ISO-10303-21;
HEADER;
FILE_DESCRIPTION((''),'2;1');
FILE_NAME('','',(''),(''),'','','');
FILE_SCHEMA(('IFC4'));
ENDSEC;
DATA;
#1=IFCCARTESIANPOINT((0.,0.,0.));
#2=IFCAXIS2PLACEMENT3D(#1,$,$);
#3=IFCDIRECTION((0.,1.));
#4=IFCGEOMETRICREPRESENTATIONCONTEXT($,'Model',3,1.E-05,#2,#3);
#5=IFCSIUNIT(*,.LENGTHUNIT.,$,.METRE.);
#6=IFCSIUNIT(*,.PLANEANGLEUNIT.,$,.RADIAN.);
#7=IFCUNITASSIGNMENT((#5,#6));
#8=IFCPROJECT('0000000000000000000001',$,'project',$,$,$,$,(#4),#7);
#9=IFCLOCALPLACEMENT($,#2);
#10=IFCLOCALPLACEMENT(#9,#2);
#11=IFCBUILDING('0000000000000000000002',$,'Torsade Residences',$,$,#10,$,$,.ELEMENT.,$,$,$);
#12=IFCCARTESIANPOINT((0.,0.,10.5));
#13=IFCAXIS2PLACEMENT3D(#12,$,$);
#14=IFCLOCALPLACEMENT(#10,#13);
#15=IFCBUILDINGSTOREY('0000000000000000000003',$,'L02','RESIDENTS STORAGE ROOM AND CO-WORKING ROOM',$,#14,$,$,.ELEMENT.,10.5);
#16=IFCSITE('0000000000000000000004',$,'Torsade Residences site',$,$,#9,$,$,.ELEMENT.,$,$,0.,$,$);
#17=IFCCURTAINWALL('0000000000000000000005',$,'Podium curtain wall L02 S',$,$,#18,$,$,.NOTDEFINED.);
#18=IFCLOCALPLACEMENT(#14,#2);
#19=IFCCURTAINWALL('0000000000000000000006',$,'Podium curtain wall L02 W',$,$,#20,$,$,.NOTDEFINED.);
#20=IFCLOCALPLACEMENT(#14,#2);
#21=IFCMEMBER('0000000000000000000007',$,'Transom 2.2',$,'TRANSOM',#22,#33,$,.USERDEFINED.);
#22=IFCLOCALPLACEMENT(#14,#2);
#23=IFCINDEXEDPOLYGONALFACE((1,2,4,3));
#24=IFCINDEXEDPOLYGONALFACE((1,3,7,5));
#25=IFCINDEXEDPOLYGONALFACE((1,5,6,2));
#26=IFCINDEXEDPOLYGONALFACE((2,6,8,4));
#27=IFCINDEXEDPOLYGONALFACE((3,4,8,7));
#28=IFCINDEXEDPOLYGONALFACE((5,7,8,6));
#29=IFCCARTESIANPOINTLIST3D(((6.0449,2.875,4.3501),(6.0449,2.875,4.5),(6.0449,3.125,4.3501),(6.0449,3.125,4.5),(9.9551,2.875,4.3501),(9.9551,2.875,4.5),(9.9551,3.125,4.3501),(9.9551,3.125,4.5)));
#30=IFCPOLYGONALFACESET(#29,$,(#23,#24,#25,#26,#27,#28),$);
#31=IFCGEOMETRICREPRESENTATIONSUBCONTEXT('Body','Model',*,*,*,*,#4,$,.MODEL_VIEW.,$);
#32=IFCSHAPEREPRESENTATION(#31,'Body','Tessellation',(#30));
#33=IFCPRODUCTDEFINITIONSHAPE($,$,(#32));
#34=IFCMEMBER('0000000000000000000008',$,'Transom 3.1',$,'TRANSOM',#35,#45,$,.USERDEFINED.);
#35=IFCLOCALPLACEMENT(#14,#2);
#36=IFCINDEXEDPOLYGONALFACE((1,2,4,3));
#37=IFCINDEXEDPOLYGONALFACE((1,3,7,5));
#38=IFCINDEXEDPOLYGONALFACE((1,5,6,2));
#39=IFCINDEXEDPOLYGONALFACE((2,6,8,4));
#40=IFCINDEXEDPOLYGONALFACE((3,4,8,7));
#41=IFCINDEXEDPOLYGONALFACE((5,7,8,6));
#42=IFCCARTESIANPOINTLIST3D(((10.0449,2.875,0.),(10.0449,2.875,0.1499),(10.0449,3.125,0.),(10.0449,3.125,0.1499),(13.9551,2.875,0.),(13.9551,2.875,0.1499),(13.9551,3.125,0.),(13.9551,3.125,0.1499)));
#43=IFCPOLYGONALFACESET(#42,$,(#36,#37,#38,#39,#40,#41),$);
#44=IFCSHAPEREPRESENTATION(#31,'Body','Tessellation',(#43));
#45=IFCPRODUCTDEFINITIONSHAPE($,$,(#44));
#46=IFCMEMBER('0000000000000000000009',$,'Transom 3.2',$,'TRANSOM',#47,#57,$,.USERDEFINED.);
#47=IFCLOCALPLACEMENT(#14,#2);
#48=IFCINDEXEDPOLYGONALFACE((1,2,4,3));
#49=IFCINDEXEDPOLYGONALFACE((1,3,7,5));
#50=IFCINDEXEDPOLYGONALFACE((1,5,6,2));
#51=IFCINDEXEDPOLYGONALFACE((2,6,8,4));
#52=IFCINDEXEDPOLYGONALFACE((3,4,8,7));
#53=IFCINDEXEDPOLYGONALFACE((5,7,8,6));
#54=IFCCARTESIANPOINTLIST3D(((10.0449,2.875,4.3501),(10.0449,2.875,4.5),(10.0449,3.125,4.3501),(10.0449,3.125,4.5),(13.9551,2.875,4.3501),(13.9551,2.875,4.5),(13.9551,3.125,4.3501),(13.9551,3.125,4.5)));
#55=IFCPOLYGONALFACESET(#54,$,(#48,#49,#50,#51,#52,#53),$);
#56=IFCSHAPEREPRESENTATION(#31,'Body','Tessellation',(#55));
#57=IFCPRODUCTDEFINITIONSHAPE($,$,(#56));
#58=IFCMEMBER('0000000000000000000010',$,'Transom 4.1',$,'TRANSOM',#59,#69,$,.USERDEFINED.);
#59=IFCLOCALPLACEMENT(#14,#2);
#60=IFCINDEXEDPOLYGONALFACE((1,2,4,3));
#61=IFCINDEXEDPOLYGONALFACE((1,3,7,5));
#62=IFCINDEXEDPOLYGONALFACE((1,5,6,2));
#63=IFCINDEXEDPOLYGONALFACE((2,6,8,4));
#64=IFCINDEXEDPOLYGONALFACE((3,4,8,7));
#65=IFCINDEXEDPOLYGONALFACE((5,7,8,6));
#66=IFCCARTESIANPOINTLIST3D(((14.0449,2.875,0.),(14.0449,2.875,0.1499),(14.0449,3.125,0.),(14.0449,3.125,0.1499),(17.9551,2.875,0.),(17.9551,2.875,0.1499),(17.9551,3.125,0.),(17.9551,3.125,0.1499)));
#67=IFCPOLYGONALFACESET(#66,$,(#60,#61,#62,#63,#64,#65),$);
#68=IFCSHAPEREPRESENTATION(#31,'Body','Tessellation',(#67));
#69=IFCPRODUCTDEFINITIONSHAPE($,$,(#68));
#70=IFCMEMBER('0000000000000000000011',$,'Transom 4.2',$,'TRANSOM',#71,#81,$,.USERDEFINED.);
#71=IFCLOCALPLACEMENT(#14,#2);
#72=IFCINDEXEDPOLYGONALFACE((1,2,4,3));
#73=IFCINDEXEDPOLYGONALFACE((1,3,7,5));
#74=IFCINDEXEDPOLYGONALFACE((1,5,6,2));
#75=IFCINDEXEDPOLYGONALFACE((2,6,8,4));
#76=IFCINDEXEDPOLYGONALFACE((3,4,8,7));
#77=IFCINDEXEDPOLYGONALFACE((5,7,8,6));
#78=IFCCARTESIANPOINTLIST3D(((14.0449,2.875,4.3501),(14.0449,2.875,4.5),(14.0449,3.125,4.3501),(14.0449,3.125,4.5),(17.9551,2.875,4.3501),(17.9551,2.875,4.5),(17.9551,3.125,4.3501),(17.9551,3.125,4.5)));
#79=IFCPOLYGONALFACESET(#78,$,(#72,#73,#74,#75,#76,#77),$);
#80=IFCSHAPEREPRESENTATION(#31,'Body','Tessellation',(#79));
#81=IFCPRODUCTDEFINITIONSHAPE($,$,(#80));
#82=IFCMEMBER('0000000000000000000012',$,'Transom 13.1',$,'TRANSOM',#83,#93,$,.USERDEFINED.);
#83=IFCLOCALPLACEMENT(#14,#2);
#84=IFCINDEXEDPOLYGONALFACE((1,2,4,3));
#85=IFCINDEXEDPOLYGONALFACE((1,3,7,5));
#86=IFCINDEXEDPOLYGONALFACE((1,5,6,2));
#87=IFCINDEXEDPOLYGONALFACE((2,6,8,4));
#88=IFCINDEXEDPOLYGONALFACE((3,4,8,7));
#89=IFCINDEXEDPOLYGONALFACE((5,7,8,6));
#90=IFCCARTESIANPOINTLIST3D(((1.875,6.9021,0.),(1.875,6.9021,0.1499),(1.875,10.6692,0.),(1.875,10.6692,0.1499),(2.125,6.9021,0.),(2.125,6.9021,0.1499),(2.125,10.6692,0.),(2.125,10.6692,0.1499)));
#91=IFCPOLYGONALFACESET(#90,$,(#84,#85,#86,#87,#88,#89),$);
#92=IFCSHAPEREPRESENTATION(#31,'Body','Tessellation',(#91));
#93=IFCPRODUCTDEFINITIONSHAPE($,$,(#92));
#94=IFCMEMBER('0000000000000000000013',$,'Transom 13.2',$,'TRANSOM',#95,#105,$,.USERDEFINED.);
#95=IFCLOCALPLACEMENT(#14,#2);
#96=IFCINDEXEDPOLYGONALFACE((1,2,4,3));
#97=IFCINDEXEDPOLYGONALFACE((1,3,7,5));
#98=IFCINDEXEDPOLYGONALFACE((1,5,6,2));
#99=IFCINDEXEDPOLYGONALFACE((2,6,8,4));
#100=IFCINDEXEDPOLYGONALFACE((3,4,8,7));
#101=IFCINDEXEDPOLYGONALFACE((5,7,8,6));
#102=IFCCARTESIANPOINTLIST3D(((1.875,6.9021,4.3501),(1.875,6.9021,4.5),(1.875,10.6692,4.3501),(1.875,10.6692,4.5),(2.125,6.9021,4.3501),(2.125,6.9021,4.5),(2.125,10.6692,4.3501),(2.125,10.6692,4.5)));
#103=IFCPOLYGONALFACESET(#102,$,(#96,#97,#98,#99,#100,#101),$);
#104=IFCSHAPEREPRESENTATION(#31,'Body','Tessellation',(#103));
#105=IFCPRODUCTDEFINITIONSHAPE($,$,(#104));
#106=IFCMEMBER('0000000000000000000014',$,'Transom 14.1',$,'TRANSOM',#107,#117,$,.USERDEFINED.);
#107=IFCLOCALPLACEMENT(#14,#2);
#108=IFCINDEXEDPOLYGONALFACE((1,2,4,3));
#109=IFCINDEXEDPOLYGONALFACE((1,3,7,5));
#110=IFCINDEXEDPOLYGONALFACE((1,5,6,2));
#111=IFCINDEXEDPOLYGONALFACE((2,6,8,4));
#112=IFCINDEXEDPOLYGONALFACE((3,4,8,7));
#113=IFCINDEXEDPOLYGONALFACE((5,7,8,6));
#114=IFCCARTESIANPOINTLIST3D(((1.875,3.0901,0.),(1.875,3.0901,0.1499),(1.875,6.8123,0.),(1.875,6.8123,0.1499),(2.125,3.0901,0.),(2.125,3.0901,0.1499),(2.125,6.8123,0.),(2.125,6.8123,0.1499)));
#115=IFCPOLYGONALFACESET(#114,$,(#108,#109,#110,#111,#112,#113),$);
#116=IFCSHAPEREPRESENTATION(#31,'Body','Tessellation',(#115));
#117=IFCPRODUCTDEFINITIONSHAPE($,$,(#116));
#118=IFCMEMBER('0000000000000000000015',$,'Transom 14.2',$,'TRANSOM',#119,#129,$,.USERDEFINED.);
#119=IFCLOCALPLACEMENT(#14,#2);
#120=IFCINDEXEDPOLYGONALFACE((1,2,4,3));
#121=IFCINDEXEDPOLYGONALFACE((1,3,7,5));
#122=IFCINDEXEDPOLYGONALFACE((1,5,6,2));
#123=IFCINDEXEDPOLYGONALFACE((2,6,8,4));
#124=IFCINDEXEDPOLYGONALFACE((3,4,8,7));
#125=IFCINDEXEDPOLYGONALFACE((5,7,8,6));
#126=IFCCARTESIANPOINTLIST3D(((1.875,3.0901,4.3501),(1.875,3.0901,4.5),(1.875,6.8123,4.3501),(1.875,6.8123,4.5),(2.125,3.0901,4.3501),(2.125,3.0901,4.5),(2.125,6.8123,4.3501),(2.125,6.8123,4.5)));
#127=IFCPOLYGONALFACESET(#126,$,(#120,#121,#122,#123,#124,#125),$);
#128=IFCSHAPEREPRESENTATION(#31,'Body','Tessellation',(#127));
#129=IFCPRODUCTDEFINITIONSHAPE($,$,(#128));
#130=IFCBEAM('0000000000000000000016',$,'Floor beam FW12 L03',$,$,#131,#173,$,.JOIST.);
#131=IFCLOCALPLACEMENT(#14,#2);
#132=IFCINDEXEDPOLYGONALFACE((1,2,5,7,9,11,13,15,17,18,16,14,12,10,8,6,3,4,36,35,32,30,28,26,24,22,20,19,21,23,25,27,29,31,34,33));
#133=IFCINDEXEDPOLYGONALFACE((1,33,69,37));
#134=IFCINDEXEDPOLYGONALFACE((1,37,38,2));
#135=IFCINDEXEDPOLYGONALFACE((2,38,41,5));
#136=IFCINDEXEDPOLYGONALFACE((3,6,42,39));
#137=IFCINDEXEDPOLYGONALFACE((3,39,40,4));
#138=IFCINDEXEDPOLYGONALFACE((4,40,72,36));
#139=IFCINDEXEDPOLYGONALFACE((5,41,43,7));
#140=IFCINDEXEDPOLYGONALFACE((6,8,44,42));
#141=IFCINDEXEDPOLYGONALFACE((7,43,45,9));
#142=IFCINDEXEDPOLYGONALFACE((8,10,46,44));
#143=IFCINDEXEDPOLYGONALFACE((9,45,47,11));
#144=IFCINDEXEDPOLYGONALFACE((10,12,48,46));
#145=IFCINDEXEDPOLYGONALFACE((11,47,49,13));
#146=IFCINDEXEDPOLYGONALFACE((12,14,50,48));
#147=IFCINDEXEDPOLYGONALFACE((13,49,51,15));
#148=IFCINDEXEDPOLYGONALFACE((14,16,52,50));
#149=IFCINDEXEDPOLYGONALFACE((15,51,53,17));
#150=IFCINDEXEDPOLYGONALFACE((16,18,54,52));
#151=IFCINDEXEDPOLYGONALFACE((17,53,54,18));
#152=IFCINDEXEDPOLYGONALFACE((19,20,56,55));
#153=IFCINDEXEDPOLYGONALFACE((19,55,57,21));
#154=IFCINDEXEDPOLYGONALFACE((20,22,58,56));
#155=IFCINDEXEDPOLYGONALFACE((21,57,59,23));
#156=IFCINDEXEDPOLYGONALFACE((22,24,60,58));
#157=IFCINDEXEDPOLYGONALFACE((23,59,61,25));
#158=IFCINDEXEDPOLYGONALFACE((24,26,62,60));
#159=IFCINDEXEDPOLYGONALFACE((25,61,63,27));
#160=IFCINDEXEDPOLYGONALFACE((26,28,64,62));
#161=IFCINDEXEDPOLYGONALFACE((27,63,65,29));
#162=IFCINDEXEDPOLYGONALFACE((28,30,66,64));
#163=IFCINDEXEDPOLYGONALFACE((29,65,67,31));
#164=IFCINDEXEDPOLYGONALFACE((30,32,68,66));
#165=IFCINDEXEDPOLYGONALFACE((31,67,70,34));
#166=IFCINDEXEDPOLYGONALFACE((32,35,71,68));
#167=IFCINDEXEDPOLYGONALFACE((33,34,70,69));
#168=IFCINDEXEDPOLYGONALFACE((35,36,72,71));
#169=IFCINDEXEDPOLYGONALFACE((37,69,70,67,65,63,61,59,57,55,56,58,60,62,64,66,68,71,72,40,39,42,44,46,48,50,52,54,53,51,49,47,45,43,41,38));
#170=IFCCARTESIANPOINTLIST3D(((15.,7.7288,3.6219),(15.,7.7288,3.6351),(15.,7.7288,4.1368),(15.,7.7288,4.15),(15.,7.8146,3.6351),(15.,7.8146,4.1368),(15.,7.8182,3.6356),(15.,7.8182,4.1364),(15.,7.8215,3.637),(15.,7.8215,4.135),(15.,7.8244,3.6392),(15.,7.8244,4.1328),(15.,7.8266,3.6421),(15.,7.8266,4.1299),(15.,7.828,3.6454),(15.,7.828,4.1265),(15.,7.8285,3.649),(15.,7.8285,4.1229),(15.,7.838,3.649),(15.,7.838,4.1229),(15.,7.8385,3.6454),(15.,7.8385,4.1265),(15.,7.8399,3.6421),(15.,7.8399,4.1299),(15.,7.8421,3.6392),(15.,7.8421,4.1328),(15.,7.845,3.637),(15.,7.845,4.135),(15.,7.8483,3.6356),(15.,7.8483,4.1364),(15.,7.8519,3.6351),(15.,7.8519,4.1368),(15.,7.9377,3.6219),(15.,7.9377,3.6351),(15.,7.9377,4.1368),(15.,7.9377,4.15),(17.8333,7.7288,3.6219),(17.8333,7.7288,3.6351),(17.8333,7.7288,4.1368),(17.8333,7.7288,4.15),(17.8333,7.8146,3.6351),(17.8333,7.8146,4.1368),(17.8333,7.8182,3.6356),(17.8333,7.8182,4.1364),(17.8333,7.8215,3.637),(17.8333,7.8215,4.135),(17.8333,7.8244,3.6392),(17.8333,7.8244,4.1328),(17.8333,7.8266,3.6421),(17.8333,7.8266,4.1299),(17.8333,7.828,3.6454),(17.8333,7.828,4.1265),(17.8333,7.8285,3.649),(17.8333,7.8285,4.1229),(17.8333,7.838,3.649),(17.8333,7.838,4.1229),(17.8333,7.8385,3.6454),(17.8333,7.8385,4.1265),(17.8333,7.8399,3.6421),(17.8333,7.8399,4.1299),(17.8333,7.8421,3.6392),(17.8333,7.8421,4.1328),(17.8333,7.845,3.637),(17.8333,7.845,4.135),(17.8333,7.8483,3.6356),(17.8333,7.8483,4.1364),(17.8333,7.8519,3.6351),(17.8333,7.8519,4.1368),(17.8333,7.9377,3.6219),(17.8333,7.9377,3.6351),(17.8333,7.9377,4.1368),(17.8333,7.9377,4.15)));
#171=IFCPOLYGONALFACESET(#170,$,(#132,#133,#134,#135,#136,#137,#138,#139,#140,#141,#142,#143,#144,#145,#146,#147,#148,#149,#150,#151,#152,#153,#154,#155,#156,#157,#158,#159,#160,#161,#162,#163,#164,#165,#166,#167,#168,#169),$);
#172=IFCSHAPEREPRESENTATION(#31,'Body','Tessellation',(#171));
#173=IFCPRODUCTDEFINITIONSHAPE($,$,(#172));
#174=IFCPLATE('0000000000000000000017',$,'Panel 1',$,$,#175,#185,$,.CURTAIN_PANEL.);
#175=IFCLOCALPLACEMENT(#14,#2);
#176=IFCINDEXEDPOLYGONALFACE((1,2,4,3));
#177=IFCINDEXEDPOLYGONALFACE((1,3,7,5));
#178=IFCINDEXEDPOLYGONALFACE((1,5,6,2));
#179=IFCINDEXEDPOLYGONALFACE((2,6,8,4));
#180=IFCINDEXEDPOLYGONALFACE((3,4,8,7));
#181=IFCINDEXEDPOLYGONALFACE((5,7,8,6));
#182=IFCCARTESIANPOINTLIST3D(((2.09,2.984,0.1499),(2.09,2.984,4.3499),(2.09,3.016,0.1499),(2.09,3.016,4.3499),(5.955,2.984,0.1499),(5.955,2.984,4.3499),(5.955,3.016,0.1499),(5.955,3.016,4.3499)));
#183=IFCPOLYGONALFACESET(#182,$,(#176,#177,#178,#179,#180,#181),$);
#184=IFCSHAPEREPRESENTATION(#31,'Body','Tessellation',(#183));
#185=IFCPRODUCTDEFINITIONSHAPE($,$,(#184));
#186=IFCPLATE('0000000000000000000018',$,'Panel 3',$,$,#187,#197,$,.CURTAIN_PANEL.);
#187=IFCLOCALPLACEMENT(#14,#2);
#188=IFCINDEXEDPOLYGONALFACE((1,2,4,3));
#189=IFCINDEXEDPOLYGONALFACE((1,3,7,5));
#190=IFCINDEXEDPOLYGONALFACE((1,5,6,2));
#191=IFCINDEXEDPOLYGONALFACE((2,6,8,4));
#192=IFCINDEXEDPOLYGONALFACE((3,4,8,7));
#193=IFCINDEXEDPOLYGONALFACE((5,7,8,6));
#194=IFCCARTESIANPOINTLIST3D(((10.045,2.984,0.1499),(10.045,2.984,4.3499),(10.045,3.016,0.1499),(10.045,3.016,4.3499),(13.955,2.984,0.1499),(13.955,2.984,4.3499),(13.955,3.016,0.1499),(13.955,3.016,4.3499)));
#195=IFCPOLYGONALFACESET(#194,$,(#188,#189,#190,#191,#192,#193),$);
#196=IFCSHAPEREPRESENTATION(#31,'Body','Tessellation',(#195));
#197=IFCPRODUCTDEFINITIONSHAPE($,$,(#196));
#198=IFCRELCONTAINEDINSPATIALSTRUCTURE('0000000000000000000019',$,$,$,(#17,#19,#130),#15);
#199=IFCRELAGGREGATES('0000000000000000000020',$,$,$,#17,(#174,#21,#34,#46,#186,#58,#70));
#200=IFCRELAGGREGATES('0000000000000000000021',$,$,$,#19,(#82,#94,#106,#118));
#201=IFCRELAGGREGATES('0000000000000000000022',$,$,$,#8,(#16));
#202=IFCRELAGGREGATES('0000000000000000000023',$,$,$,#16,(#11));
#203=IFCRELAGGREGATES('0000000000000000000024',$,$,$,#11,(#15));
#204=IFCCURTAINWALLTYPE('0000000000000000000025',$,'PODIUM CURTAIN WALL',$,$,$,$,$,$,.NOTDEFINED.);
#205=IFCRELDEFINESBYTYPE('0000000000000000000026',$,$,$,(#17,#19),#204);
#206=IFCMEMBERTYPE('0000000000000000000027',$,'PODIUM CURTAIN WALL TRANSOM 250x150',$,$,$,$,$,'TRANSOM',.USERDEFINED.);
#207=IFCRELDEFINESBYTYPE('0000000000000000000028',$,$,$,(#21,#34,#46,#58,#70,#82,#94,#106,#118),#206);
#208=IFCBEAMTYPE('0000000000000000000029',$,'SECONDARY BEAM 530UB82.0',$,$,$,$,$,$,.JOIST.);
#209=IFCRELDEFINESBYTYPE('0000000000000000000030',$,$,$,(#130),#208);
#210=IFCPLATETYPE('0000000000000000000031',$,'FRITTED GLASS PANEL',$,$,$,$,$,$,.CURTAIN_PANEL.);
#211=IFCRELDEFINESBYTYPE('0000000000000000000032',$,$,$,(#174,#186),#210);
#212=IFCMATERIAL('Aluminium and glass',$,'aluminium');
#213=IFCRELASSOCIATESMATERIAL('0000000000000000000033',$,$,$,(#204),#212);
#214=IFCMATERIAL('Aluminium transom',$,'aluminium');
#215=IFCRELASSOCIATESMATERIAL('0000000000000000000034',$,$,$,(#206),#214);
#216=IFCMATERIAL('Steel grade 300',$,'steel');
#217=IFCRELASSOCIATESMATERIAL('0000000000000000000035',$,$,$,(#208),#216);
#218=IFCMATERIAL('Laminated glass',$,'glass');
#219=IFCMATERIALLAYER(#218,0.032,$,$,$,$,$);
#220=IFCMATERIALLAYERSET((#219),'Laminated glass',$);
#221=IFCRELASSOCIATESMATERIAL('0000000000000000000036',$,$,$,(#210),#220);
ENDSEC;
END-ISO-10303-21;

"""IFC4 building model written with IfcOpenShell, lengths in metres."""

from ifc_helpers import new_model, si_unit, direction, frame, origin, origin_2d, place, context, subcontext, project, spatial, rectangle, i_section, extrude, material, layer, layer_set, material_profile, profile_set, type_object, element, aggregate, save


model = new_model("IFC4")

# Units and contexts
model_context = context("Model", 3, precision=1e-05, world=origin(), true_north=direction((0.0, 1.0)))
body_context = subcontext(model_context, "Body", "Model", "MODEL_VIEW")
ifc_project = project(units=[si_unit("LENGTHUNIT", "METRE"), si_unit("PLANEANGLEUNIT", "RADIAN")], contexts=[model_context])

# Site, building, storey
site_placement = place(None, origin())
site = spatial("IfcSite", under=ifc_project, at=site_placement, Name="Torsade Residences site", CompositionType="ELEMENT", RefElevation=0.0)
building_placement = place(site_placement, origin())
building = spatial("IfcBuilding", under=site, at=building_placement, Name="Torsade Residences", CompositionType="ELEMENT")
storey_placement = place(building_placement, frame((0.0, 0.0, 10.5)))
storey = spatial("IfcBuildingStorey", under=building, at=storey_placement, Name="L02", Description="RESIDENTS STORAGE ROOM AND CO-WORKING ROOM", CompositionType="ELEMENT", Elevation=10.5)

# Curtain walls
ifc_material_1 = material(Name="Aluminium and glass", Category="aluminium")
curtain_wall_type = type_object("IfcCurtainWallType", Name="PODIUM CURTAIN WALL", PredefinedType="NOTDEFINED", material=ifc_material_1)
curtain_wall_1_placement = place(storey_placement, origin())
curtain_wall_1 = element("IfcCurtainWall", 1, at=curtain_wall_1_placement, inside=storey, type_object=curtain_wall_type, Name="Podium curtain wall L02 S", PredefinedType="NOTDEFINED")
curtain_wall_2_placement = place(storey_placement, origin())
curtain_wall_2 = element("IfcCurtainWall", 2, at=curtain_wall_2_placement, inside=storey, type_object=curtain_wall_type, Name="Podium curtain wall L02 W", PredefinedType="NOTDEFINED")

# Members
ifc_material_2 = material(Name="Aluminium transom", Category="aluminium")
ifc_material_profile_1 = material_profile(ifc_material_2, rectangle(XDim=0.25, YDim=0.1499, at=origin_2d()), Name="PODIUM CURTAIN WALL TRANSOM 250x150")
ifc_profile_set_1 = profile_set([ifc_material_profile_1], Name="Aluminium transom")
member_type_1 = type_object("IfcMemberType", Name="PODIUM CURTAIN WALL TRANSOM 250x150", ElementType="TRANSOM", PredefinedType="USERDEFINED", material=ifc_profile_set_1)
member_1_placement = place(storey_placement, frame((6.0449, 3.0, 4.425), z_axis=(1.0, 0.0, 0.0), x_axis=(0.0, 1.0, 0.0)))
member_1 = element("IfcMember", 3, at=member_1_placement, type_object=member_type_1, Name="Transom 2.2", ObjectType="TRANSOM", PredefinedType="USERDEFINED", context=body_context, shape_type="SweptSolid", body=[
    extrude(rectangle(XDim=0.25, YDim=0.1499, at=origin_2d()), origin(), (0.0, 0.0, 1.0), 3.9102),
])
member_2_placement = place(storey_placement, frame((10.0449, 3.0, 0.075), z_axis=(1.0, 0.0, 0.0), x_axis=(0.0, 1.0, 0.0)))
member_2 = element("IfcMember", 4, at=member_2_placement, type_object=member_type_1, Name="Transom 3.1", ObjectType="TRANSOM", PredefinedType="USERDEFINED", context=body_context, shape_type="SweptSolid", body=[
    extrude(rectangle(XDim=0.25, YDim=0.1499, at=origin_2d()), origin(), (0.0, 0.0, 1.0), 3.9102),
])
member_3_placement = place(storey_placement, frame((10.0449, 3.0, 4.425), z_axis=(1.0, 0.0, 0.0), x_axis=(0.0, 1.0, 0.0)))
member_3 = element("IfcMember", 5, at=member_3_placement, type_object=member_type_1, Name="Transom 3.2", ObjectType="TRANSOM", PredefinedType="USERDEFINED", context=body_context, shape_type="SweptSolid", body=[
    extrude(rectangle(XDim=0.25, YDim=0.1499, at=origin_2d()), origin(), (0.0, 0.0, 1.0), 3.9102),
])
member_4_placement = place(storey_placement, frame((14.0449, 3.0, 0.075), z_axis=(1.0, 0.0, 0.0), x_axis=(0.0, 1.0, 0.0)))
member_4 = element("IfcMember", 6, at=member_4_placement, type_object=member_type_1, Name="Transom 4.1", ObjectType="TRANSOM", PredefinedType="USERDEFINED", context=body_context, shape_type="SweptSolid", body=[
    extrude(rectangle(XDim=0.25, YDim=0.1499, at=origin_2d()), origin(), (0.0, 0.0, 1.0), 3.9102),
])
member_5_placement = place(storey_placement, frame((14.0449, 3.0, 4.425), z_axis=(1.0, 0.0, 0.0), x_axis=(0.0, 1.0, 0.0)))
member_5 = element("IfcMember", 7, at=member_5_placement, type_object=member_type_1, Name="Transom 4.2", ObjectType="TRANSOM", PredefinedType="USERDEFINED", context=body_context, shape_type="SweptSolid", body=[
    extrude(rectangle(XDim=0.25, YDim=0.1499, at=origin_2d()), origin(), (0.0, 0.0, 1.0), 3.9102),
])
member_6_placement = place(storey_placement, frame((2.0, 10.6692, 0.075), z_axis=(0.0, -1.0, 0.0), x_axis=(1.0, 0.0, 0.0)))
member_6 = element("IfcMember", 8, at=member_6_placement, type_object=member_type_1, Name="Transom 13.1", ObjectType="TRANSOM", PredefinedType="USERDEFINED", context=body_context, shape_type="SweptSolid", body=[
    extrude(rectangle(XDim=0.25, YDim=0.1499, at=origin_2d()), origin(), (0.0, 0.0, 1.0), 3.7671),
])
member_7_placement = place(storey_placement, frame((2.0, 10.6692, 4.425), z_axis=(0.0, -1.0, 0.0), x_axis=(1.0, 0.0, 0.0)))
member_7 = element("IfcMember", 9, at=member_7_placement, type_object=member_type_1, Name="Transom 13.2", ObjectType="TRANSOM", PredefinedType="USERDEFINED", context=body_context, shape_type="SweptSolid", body=[
    extrude(rectangle(XDim=0.25, YDim=0.1499, at=origin_2d()), origin(), (0.0, 0.0, 1.0), 3.7671),
])
member_8_placement = place(storey_placement, frame((2.0, 6.8123, 0.075), z_axis=(0.0, -1.0, 0.0), x_axis=(1.0, 0.0, 0.0)))
member_8 = element("IfcMember", 10, at=member_8_placement, type_object=member_type_1, Name="Transom 14.1", ObjectType="TRANSOM", PredefinedType="USERDEFINED", context=body_context, shape_type="SweptSolid", body=[
    extrude(rectangle(XDim=0.25, YDim=0.1499, at=origin_2d()), origin(), (0.0, 0.0, 1.0), 3.7222),
])
member_9_placement = place(storey_placement, frame((2.0, 6.8123, 4.425), z_axis=(0.0, -1.0, 0.0), x_axis=(1.0, 0.0, 0.0)))
member_9 = element("IfcMember", 11, at=member_9_placement, type_object=member_type_1, Name="Transom 14.2", ObjectType="TRANSOM", PredefinedType="USERDEFINED", context=body_context, shape_type="SweptSolid", body=[
    extrude(rectangle(XDim=0.25, YDim=0.1499, at=origin_2d()), origin(), (0.0, 0.0, 1.0), 3.7222),
])

# Beam
ifc_material_3 = material(Name="Steel grade 300", Category="steel")
ifc_material_profile_2 = material_profile(ifc_material_3, i_section(OverallWidth=0.209, OverallDepth=0.5281, WebThickness=0.0095, FlangeThickness=0.0132, FilletRadius=0.0139, at=origin_2d()), Name="530UB82.0")
ifc_profile_set_2 = profile_set([ifc_material_profile_2], Name="Steel grade 300")
beam_type_1 = type_object("IfcBeamType", Name="SECONDARY BEAM 530UB82.0", PredefinedType="JOIST", material=ifc_profile_set_2)
beam_1_placement = place(storey_placement, frame((15.0, 7.8333, 3.886), z_axis=(1.0, 0.0, 0.0), x_axis=(0.0, 1.0, 0.0)))
element("IfcBeam", 12, at=beam_1_placement, inside=storey, type_object=beam_type_1, Name="Floor beam FW12 L03", PredefinedType="JOIST", context=body_context, shape_type="SweptSolid", body=[
    extrude(i_section(OverallWidth=0.209, OverallDepth=0.5281, WebThickness=0.0095, FlangeThickness=0.0132, FilletRadius=0.0139, at=origin_2d()), origin(), (0.0, 0.0, 1.0), 2.8333),
])

# Plates
ifc_material_4 = material(Name="Laminated glass", Category="glass")
ifc_layer_1 = layer(ifc_material_4, 0.032)
ifc_layer_set_1 = layer_set([ifc_layer_1], Name="Laminated glass")
plate_type_1 = type_object("IfcPlateType", Name="FRITTED GLASS PANEL", PredefinedType="CURTAIN_PANEL", material=ifc_layer_set_1)
plate_1_placement = place(storey_placement, frame((4.0225, 3.0, 0.1499), z_axis=(0.0, 0.0, 1.0), x_axis=(1.0, 0.0, 0.0)))
plate_1 = element("IfcPlate", 13, at=plate_1_placement, type_object=plate_type_1, Name="Panel 1", PredefinedType="CURTAIN_PANEL", context=body_context, shape_type="SweptSolid", body=[
    extrude(rectangle(XDim=3.865, YDim=0.032, at=origin_2d()), origin(), (0.0, 0.0, 1.0), 4.2),
])
plate_2_placement = place(storey_placement, frame((12.0, 3.0, 0.1499), z_axis=(0.0, 0.0, 1.0), x_axis=(1.0, 0.0, 0.0)))
plate_2 = element("IfcPlate", 14, at=plate_2_placement, type_object=plate_type_1, Name="Panel 3", PredefinedType="CURTAIN_PANEL", context=body_context, shape_type="SweptSolid", body=[
    extrude(rectangle(XDim=3.9099, YDim=0.032, at=origin_2d()), origin(), (0.0, 0.0, 1.0), 4.2),
])
aggregate(curtain_wall_1, [plate_1, member_1, member_2, member_3, plate_2, member_4, member_5])
aggregate(curtain_wall_2, [member_6, member_7, member_8, member_9])

save(model, "model.ifc")
